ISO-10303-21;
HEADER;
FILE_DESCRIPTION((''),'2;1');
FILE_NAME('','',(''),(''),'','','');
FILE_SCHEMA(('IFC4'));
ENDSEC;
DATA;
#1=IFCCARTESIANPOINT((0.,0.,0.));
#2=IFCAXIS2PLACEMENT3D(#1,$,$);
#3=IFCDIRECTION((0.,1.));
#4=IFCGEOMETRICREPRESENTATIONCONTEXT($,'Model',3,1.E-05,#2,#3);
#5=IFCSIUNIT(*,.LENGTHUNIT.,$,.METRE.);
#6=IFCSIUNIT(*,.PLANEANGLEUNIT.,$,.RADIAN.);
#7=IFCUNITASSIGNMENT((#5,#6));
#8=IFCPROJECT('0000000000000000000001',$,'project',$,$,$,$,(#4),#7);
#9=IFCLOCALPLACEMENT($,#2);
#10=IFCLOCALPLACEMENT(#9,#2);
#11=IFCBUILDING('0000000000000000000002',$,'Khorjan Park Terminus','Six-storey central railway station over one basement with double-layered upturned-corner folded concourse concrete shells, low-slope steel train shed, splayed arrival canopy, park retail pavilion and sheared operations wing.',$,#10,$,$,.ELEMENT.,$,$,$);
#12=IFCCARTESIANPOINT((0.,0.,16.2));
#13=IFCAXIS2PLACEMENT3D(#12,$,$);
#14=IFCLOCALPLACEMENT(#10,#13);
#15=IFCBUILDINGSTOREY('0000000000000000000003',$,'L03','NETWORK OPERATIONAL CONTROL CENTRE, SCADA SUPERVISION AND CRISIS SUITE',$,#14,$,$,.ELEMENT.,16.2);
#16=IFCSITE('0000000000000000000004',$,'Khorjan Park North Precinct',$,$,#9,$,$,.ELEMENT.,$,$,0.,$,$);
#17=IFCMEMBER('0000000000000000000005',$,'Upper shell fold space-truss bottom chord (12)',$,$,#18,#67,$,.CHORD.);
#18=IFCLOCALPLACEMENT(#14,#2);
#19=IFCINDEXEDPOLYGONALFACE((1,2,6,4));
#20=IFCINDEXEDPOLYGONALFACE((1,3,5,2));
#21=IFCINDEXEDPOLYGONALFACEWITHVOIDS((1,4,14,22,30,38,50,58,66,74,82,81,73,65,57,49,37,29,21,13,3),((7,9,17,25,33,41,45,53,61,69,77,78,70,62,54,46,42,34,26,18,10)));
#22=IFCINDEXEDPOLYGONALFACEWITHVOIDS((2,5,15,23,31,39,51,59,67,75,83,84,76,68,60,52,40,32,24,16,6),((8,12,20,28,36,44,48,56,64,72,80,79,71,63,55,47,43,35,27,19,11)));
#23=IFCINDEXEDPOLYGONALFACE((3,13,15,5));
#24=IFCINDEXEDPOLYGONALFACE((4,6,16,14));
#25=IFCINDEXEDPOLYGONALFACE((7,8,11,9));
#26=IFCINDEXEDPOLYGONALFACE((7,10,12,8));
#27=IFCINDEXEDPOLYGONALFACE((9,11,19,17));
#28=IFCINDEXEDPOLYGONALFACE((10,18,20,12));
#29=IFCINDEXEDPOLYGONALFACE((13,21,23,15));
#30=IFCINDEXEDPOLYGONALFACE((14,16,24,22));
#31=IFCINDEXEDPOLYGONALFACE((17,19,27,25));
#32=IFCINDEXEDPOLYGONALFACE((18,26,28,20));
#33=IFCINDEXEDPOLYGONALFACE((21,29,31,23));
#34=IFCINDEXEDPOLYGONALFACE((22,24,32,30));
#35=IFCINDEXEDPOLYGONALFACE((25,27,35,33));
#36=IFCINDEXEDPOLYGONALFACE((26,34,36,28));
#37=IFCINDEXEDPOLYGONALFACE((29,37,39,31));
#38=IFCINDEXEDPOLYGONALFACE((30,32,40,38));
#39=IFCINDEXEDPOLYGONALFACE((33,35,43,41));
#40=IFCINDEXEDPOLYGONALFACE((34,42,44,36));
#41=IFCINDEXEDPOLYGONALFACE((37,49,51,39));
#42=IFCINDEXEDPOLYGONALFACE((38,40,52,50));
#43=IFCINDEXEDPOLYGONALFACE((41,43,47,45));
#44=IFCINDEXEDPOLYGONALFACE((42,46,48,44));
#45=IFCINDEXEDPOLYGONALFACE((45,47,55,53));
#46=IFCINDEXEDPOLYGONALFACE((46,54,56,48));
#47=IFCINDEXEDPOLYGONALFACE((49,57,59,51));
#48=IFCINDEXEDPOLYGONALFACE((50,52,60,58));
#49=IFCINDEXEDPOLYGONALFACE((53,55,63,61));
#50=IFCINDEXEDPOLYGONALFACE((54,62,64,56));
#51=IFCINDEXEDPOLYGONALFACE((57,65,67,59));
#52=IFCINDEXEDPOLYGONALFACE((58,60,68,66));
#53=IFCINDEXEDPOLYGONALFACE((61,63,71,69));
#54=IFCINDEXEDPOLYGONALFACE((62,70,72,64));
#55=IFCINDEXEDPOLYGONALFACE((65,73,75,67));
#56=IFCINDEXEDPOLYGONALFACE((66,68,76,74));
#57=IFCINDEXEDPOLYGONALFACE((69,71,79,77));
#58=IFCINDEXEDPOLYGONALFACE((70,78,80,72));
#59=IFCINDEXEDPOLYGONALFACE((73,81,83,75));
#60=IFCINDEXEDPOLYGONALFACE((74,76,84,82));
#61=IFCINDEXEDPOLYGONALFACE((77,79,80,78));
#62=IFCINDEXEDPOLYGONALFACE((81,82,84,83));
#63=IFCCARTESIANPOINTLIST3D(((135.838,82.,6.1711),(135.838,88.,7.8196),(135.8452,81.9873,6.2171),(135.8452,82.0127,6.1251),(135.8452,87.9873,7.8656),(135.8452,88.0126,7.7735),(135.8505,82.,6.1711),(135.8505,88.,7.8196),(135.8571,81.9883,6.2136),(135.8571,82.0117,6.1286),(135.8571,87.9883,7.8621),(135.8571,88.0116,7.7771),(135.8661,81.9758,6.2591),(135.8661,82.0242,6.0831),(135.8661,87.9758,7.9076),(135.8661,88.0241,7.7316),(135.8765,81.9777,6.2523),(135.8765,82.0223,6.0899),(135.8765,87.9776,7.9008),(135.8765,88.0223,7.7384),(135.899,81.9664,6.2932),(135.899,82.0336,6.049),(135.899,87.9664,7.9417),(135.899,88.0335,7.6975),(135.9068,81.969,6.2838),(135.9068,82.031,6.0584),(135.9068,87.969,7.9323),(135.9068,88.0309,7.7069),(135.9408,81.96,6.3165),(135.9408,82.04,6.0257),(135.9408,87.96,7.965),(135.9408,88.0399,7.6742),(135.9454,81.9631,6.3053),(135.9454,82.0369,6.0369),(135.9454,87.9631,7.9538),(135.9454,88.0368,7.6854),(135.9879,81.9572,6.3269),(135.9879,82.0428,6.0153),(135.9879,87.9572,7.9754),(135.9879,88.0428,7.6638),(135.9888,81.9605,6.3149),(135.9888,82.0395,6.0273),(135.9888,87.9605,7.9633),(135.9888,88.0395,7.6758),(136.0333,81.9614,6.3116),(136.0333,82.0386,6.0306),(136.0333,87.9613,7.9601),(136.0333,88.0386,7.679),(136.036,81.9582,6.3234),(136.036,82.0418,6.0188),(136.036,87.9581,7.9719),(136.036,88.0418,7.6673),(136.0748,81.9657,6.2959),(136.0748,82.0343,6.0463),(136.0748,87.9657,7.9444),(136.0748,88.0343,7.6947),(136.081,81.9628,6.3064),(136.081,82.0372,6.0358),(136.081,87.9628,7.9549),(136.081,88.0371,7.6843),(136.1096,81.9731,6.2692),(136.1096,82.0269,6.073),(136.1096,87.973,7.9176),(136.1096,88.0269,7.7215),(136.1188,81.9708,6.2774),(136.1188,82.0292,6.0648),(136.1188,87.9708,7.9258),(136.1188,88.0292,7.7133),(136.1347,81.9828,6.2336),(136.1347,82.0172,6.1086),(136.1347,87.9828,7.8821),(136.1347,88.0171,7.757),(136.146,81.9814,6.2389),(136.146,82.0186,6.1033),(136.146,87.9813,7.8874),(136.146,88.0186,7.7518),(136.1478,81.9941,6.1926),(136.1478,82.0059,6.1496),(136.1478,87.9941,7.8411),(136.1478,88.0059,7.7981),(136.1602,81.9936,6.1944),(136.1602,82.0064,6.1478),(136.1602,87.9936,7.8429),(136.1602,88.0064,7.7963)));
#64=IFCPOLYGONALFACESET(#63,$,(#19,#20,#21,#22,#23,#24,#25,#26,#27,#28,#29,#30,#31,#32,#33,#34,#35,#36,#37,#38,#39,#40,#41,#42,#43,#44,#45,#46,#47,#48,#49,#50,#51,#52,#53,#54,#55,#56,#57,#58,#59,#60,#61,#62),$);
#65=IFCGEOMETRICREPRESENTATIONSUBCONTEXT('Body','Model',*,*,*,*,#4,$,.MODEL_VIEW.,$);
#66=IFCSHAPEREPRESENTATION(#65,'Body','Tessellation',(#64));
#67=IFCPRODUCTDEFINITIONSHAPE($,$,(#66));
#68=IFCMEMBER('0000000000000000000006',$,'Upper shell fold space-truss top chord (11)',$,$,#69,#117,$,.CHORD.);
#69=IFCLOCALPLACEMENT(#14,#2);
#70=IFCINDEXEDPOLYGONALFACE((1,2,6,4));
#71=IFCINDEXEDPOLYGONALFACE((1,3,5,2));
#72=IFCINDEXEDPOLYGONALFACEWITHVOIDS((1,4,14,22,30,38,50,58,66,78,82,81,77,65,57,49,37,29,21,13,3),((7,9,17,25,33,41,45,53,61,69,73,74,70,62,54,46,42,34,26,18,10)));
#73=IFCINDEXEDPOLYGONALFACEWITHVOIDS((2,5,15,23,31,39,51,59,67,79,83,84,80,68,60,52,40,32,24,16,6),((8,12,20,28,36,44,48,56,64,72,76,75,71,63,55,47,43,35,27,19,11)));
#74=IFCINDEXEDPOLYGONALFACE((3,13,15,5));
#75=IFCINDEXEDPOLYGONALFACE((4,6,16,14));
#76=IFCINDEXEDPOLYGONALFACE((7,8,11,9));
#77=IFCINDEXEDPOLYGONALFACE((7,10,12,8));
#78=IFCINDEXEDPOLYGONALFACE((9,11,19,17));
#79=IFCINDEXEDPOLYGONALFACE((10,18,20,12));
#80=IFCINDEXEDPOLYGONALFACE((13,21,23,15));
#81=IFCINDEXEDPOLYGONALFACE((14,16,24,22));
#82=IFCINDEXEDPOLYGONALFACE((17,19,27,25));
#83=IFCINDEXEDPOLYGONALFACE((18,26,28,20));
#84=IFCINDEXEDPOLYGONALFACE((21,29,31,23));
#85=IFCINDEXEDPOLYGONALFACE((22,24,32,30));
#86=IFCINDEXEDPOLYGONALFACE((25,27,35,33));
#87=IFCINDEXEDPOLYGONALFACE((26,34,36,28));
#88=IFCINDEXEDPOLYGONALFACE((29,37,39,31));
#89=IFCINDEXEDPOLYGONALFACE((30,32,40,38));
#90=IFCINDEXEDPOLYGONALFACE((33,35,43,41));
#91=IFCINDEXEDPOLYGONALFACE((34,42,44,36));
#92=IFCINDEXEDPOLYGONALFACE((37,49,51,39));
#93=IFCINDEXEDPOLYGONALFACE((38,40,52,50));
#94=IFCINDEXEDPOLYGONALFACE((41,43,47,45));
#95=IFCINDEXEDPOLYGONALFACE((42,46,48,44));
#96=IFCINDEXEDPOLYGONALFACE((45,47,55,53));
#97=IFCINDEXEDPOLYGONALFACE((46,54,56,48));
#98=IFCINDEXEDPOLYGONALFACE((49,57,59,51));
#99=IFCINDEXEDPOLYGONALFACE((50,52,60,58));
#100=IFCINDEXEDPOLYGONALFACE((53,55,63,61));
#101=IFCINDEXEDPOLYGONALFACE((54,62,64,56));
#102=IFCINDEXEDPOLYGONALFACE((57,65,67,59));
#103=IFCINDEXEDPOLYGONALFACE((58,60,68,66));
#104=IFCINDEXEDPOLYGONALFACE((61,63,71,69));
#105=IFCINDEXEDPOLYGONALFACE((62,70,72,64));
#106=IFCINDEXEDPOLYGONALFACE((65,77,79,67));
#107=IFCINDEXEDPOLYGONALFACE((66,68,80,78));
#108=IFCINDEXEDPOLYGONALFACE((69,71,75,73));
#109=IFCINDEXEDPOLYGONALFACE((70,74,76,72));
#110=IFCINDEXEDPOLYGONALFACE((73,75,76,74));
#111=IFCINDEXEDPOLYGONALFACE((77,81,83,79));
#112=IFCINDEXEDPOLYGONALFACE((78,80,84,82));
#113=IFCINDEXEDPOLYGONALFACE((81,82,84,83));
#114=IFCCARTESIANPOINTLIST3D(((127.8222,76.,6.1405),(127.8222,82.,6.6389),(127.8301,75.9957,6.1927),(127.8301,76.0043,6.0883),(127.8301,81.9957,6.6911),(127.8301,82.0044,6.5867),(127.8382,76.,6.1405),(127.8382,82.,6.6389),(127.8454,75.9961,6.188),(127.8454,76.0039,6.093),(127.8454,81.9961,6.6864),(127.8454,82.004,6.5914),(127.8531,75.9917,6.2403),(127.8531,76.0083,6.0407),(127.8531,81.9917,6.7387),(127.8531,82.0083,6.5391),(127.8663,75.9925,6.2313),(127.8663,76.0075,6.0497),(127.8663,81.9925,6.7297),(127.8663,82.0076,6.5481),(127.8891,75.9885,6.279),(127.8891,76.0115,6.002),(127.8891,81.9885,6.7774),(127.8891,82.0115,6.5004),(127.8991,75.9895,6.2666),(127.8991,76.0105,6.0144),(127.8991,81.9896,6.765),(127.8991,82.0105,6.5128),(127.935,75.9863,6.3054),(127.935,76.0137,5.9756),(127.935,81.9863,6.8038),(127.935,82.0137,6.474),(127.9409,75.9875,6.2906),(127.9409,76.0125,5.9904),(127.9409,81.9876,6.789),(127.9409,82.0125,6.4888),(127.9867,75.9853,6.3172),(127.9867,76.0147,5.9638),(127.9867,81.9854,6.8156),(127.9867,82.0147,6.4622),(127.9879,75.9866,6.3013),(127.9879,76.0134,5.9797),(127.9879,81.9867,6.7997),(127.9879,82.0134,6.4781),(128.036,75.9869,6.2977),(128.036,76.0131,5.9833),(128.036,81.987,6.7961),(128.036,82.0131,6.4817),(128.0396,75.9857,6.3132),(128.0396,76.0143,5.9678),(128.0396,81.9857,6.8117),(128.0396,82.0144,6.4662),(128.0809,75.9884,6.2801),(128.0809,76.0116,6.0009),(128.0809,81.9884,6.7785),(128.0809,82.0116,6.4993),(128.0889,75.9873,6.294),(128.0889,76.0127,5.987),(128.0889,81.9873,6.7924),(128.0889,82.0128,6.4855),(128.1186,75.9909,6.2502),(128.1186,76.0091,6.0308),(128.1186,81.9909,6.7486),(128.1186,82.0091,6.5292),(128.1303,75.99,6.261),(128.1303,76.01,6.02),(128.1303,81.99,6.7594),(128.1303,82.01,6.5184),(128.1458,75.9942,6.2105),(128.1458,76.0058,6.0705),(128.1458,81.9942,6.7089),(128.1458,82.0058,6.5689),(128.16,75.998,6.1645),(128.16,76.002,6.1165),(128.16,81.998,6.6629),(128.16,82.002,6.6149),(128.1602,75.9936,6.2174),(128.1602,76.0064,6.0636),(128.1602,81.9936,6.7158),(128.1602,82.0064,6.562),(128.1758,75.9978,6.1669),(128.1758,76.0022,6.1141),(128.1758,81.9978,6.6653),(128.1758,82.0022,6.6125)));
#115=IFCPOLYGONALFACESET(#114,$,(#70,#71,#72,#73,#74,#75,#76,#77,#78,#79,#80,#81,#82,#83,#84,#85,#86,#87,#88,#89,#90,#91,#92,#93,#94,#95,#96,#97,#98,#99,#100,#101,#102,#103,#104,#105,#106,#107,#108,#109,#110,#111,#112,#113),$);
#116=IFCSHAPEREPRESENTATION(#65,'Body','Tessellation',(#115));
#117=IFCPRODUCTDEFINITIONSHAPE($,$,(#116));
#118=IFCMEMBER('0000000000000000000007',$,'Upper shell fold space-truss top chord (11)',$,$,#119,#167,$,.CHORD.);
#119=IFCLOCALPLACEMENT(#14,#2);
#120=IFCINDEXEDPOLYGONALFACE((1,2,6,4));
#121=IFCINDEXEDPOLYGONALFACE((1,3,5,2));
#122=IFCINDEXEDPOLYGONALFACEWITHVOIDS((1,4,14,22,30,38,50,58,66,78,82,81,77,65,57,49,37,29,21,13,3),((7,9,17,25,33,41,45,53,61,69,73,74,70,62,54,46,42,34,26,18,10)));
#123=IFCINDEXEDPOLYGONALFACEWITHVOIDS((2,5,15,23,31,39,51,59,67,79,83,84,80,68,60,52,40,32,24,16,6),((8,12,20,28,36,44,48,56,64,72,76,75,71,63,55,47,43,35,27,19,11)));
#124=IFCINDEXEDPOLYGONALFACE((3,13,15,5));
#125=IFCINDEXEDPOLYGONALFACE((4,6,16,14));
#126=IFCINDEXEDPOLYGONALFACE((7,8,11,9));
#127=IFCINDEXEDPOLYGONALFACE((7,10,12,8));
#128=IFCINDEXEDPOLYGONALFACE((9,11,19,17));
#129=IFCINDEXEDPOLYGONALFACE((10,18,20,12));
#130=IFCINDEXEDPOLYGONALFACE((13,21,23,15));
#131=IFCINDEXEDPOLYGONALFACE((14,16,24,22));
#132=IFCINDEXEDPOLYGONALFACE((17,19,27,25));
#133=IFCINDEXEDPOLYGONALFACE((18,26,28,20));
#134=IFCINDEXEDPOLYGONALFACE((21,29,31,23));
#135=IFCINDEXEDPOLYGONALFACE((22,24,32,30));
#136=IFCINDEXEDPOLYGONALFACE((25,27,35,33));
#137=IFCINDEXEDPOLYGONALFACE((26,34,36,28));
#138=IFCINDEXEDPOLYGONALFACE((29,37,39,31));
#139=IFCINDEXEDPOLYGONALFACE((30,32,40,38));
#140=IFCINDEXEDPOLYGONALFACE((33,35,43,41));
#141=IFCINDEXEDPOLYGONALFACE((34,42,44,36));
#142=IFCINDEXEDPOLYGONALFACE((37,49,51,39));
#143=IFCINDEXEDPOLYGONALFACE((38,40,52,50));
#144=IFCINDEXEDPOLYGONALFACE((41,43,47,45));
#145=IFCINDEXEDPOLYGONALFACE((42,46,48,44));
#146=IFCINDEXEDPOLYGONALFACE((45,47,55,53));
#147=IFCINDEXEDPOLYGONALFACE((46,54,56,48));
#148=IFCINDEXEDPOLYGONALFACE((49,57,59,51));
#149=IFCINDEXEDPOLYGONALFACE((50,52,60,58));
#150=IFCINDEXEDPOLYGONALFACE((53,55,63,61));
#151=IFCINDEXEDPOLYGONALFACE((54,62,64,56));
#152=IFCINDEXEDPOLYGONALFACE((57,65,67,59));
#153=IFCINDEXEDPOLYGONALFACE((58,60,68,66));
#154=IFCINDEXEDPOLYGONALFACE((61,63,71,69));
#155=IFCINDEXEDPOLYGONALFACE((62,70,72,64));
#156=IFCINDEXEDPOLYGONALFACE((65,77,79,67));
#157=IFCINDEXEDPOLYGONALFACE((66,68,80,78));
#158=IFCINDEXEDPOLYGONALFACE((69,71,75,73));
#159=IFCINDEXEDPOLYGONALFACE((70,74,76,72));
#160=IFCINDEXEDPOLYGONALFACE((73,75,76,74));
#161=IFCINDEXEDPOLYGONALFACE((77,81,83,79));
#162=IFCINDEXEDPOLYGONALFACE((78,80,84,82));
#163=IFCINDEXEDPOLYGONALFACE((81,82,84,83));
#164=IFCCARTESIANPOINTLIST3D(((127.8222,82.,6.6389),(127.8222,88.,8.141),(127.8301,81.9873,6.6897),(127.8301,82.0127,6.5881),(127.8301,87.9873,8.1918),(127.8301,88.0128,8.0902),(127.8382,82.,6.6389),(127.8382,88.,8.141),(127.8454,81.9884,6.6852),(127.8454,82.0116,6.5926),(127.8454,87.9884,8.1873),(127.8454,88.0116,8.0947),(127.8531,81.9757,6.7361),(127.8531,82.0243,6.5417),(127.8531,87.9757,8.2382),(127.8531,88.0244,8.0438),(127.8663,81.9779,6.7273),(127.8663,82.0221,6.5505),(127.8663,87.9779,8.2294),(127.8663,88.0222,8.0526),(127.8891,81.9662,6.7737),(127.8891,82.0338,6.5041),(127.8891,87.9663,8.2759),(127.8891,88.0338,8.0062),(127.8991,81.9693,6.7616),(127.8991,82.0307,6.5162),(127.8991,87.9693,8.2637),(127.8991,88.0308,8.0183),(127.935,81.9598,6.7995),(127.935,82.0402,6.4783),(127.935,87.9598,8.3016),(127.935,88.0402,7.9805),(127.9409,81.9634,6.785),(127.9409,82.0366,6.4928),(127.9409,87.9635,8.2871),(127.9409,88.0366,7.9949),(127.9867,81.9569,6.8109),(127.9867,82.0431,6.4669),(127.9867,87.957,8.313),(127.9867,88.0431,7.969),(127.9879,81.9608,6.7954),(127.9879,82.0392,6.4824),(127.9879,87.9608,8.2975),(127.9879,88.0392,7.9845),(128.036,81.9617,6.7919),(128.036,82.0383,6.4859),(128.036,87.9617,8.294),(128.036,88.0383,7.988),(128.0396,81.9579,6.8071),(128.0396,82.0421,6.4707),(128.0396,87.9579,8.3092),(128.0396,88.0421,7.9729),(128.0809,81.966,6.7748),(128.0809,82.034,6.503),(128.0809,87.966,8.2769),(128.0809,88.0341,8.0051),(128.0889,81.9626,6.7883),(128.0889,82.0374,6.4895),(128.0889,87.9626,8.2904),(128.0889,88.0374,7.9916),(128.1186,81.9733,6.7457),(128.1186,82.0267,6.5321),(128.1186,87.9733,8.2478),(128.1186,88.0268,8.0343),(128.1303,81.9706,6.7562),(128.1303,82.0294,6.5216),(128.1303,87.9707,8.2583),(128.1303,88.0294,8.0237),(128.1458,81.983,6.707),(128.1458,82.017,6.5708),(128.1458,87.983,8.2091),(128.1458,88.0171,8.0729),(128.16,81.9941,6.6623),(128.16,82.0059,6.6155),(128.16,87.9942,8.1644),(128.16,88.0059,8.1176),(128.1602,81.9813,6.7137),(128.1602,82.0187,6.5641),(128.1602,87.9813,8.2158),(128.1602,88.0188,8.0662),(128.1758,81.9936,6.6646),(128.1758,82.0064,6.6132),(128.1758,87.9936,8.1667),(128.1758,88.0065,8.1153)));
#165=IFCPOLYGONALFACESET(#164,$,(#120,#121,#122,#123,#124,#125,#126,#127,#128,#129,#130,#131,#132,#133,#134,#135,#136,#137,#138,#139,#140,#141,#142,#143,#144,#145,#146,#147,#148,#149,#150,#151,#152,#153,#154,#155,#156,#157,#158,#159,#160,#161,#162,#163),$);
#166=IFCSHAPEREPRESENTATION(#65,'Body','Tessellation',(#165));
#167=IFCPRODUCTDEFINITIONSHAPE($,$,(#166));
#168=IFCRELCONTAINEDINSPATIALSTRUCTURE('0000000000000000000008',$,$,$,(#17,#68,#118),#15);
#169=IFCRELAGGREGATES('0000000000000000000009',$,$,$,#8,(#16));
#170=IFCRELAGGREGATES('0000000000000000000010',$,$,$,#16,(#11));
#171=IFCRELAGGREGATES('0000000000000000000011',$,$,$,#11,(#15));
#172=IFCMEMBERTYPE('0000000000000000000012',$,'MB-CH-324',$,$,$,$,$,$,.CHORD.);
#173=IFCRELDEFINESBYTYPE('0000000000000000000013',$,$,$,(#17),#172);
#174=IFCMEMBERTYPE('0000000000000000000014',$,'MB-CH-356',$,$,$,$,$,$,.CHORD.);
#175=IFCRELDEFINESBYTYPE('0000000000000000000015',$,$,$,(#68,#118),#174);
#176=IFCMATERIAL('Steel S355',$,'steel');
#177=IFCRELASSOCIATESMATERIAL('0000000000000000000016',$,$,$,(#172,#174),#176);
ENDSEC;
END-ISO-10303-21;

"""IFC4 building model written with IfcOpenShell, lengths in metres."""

from ifc_helpers import new_model, si_unit, direction, frame, origin, origin_2d, place, context, subcontext, project, spatial, hollow_circle, extrude, material, material_profile, profile_set, type_object, element, save


model = new_model("IFC4")

# Units and contexts
model_context = context("Model", 3, precision=1e-05, world=origin(), true_north=direction((0.0, 1.0)))
body_context = subcontext(model_context, "Body", "Model", "MODEL_VIEW")
ifc_project = project(units=[si_unit("LENGTHUNIT", "METRE"), si_unit("PLANEANGLEUNIT", "RADIAN")], contexts=[model_context])

# Site, building, storey
site_placement = place(None, origin())
site = spatial("IfcSite", under=ifc_project, at=site_placement, Name="Khorjan Park North Precinct", CompositionType="ELEMENT", RefElevation=0.0)
building_placement = place(site_placement, origin())
building = spatial("IfcBuilding", under=site, at=building_placement, Name="Khorjan Park Terminus", Description="Six-storey central railway station over one basement with double-layered upturned-corner folded concourse concrete shells, low-slope steel train shed, splayed arrival canopy, park retail pavilion and sheared operations wing.", CompositionType="ELEMENT")
storey_placement = place(building_placement, frame((0.0, 0.0, 16.2)))
storey = spatial("IfcBuildingStorey", under=building, at=storey_placement, Name="L03", Description="NETWORK OPERATIONAL CONTROL CENTRE, SCADA SUPERVISION AND CRISIS SUITE", CompositionType="ELEMENT", Elevation=16.2)

# Members
ifc_material_1 = material(Name="Steel S355", Category="steel")
ifc_material_profile_1 = material_profile(ifc_material_1, hollow_circle(Radius=0.162, WallThickness=0.0125, at=origin_2d()), Name="CHS 323.9x12.5")
ifc_profile_set_1 = profile_set([ifc_material_profile_1], Name="Steel S355")
member_type_1 = type_object("IfcMemberType", Name="MB-CH-324", PredefinedType="CHORD", material=ifc_profile_set_1)
member_1_placement = place(storey_placement, frame((136.0, 82.0, 6.1711), z_axis=(0.0, 0.964267, 0.264932), x_axis=(-1.0, 0.0, 0.0)))
element("IfcMember", 1, at=member_1_placement, inside=storey, type_object=member_type_1, Name="Upper shell fold space-truss bottom chord (12)", PredefinedType="CHORD", context=body_context, shape_type="SweptSolid", body=[
    extrude(hollow_circle(Radius=0.162, WallThickness=0.0125, at=origin_2d()), origin(), (0.0, 0.0, 1.0), 6.2223),
])
ifc_material_profile_2 = material_profile(ifc_material_1, hollow_circle(Radius=0.1778, WallThickness=0.016, at=origin_2d()), Name="CHS 355.6x16")
ifc_profile_set_2 = profile_set([ifc_material_profile_2], Name="Steel S355")
member_type_2 = type_object("IfcMemberType", Name="MB-CH-356", PredefinedType="CHORD", material=ifc_profile_set_2)
member_2_placement = place(storey_placement, frame((128.0, 76.0, 6.1405), z_axis=(0.0, 0.996568, 0.082782), x_axis=(-1.0, 0.0, 0.0)))
element("IfcMember", 2, at=member_2_placement, inside=storey, type_object=member_type_2, Name="Upper shell fold space-truss top chord (11)", PredefinedType="CHORD", context=body_context, shape_type="SweptSolid", body=[
    extrude(hollow_circle(Radius=0.1778, WallThickness=0.016, at=origin_2d()), origin(), (0.0, 0.0, 1.0), 6.0207),
])
member_3_placement = place(storey_placement, frame((128.0, 82.0, 6.6389), z_axis=(0.0, 0.970063, 0.242855), x_axis=(-1.0, 0.0, 0.0)))
element("IfcMember", 3, at=member_3_placement, inside=storey, type_object=member_type_2, Name="Upper shell fold space-truss top chord (11)", PredefinedType="CHORD", context=body_context, shape_type="SweptSolid", body=[
    extrude(hollow_circle(Radius=0.1778, WallThickness=0.016, at=origin_2d()), origin(), (0.0, 0.0, 1.0), 6.1852),
])

save(model, "model.ifc")
